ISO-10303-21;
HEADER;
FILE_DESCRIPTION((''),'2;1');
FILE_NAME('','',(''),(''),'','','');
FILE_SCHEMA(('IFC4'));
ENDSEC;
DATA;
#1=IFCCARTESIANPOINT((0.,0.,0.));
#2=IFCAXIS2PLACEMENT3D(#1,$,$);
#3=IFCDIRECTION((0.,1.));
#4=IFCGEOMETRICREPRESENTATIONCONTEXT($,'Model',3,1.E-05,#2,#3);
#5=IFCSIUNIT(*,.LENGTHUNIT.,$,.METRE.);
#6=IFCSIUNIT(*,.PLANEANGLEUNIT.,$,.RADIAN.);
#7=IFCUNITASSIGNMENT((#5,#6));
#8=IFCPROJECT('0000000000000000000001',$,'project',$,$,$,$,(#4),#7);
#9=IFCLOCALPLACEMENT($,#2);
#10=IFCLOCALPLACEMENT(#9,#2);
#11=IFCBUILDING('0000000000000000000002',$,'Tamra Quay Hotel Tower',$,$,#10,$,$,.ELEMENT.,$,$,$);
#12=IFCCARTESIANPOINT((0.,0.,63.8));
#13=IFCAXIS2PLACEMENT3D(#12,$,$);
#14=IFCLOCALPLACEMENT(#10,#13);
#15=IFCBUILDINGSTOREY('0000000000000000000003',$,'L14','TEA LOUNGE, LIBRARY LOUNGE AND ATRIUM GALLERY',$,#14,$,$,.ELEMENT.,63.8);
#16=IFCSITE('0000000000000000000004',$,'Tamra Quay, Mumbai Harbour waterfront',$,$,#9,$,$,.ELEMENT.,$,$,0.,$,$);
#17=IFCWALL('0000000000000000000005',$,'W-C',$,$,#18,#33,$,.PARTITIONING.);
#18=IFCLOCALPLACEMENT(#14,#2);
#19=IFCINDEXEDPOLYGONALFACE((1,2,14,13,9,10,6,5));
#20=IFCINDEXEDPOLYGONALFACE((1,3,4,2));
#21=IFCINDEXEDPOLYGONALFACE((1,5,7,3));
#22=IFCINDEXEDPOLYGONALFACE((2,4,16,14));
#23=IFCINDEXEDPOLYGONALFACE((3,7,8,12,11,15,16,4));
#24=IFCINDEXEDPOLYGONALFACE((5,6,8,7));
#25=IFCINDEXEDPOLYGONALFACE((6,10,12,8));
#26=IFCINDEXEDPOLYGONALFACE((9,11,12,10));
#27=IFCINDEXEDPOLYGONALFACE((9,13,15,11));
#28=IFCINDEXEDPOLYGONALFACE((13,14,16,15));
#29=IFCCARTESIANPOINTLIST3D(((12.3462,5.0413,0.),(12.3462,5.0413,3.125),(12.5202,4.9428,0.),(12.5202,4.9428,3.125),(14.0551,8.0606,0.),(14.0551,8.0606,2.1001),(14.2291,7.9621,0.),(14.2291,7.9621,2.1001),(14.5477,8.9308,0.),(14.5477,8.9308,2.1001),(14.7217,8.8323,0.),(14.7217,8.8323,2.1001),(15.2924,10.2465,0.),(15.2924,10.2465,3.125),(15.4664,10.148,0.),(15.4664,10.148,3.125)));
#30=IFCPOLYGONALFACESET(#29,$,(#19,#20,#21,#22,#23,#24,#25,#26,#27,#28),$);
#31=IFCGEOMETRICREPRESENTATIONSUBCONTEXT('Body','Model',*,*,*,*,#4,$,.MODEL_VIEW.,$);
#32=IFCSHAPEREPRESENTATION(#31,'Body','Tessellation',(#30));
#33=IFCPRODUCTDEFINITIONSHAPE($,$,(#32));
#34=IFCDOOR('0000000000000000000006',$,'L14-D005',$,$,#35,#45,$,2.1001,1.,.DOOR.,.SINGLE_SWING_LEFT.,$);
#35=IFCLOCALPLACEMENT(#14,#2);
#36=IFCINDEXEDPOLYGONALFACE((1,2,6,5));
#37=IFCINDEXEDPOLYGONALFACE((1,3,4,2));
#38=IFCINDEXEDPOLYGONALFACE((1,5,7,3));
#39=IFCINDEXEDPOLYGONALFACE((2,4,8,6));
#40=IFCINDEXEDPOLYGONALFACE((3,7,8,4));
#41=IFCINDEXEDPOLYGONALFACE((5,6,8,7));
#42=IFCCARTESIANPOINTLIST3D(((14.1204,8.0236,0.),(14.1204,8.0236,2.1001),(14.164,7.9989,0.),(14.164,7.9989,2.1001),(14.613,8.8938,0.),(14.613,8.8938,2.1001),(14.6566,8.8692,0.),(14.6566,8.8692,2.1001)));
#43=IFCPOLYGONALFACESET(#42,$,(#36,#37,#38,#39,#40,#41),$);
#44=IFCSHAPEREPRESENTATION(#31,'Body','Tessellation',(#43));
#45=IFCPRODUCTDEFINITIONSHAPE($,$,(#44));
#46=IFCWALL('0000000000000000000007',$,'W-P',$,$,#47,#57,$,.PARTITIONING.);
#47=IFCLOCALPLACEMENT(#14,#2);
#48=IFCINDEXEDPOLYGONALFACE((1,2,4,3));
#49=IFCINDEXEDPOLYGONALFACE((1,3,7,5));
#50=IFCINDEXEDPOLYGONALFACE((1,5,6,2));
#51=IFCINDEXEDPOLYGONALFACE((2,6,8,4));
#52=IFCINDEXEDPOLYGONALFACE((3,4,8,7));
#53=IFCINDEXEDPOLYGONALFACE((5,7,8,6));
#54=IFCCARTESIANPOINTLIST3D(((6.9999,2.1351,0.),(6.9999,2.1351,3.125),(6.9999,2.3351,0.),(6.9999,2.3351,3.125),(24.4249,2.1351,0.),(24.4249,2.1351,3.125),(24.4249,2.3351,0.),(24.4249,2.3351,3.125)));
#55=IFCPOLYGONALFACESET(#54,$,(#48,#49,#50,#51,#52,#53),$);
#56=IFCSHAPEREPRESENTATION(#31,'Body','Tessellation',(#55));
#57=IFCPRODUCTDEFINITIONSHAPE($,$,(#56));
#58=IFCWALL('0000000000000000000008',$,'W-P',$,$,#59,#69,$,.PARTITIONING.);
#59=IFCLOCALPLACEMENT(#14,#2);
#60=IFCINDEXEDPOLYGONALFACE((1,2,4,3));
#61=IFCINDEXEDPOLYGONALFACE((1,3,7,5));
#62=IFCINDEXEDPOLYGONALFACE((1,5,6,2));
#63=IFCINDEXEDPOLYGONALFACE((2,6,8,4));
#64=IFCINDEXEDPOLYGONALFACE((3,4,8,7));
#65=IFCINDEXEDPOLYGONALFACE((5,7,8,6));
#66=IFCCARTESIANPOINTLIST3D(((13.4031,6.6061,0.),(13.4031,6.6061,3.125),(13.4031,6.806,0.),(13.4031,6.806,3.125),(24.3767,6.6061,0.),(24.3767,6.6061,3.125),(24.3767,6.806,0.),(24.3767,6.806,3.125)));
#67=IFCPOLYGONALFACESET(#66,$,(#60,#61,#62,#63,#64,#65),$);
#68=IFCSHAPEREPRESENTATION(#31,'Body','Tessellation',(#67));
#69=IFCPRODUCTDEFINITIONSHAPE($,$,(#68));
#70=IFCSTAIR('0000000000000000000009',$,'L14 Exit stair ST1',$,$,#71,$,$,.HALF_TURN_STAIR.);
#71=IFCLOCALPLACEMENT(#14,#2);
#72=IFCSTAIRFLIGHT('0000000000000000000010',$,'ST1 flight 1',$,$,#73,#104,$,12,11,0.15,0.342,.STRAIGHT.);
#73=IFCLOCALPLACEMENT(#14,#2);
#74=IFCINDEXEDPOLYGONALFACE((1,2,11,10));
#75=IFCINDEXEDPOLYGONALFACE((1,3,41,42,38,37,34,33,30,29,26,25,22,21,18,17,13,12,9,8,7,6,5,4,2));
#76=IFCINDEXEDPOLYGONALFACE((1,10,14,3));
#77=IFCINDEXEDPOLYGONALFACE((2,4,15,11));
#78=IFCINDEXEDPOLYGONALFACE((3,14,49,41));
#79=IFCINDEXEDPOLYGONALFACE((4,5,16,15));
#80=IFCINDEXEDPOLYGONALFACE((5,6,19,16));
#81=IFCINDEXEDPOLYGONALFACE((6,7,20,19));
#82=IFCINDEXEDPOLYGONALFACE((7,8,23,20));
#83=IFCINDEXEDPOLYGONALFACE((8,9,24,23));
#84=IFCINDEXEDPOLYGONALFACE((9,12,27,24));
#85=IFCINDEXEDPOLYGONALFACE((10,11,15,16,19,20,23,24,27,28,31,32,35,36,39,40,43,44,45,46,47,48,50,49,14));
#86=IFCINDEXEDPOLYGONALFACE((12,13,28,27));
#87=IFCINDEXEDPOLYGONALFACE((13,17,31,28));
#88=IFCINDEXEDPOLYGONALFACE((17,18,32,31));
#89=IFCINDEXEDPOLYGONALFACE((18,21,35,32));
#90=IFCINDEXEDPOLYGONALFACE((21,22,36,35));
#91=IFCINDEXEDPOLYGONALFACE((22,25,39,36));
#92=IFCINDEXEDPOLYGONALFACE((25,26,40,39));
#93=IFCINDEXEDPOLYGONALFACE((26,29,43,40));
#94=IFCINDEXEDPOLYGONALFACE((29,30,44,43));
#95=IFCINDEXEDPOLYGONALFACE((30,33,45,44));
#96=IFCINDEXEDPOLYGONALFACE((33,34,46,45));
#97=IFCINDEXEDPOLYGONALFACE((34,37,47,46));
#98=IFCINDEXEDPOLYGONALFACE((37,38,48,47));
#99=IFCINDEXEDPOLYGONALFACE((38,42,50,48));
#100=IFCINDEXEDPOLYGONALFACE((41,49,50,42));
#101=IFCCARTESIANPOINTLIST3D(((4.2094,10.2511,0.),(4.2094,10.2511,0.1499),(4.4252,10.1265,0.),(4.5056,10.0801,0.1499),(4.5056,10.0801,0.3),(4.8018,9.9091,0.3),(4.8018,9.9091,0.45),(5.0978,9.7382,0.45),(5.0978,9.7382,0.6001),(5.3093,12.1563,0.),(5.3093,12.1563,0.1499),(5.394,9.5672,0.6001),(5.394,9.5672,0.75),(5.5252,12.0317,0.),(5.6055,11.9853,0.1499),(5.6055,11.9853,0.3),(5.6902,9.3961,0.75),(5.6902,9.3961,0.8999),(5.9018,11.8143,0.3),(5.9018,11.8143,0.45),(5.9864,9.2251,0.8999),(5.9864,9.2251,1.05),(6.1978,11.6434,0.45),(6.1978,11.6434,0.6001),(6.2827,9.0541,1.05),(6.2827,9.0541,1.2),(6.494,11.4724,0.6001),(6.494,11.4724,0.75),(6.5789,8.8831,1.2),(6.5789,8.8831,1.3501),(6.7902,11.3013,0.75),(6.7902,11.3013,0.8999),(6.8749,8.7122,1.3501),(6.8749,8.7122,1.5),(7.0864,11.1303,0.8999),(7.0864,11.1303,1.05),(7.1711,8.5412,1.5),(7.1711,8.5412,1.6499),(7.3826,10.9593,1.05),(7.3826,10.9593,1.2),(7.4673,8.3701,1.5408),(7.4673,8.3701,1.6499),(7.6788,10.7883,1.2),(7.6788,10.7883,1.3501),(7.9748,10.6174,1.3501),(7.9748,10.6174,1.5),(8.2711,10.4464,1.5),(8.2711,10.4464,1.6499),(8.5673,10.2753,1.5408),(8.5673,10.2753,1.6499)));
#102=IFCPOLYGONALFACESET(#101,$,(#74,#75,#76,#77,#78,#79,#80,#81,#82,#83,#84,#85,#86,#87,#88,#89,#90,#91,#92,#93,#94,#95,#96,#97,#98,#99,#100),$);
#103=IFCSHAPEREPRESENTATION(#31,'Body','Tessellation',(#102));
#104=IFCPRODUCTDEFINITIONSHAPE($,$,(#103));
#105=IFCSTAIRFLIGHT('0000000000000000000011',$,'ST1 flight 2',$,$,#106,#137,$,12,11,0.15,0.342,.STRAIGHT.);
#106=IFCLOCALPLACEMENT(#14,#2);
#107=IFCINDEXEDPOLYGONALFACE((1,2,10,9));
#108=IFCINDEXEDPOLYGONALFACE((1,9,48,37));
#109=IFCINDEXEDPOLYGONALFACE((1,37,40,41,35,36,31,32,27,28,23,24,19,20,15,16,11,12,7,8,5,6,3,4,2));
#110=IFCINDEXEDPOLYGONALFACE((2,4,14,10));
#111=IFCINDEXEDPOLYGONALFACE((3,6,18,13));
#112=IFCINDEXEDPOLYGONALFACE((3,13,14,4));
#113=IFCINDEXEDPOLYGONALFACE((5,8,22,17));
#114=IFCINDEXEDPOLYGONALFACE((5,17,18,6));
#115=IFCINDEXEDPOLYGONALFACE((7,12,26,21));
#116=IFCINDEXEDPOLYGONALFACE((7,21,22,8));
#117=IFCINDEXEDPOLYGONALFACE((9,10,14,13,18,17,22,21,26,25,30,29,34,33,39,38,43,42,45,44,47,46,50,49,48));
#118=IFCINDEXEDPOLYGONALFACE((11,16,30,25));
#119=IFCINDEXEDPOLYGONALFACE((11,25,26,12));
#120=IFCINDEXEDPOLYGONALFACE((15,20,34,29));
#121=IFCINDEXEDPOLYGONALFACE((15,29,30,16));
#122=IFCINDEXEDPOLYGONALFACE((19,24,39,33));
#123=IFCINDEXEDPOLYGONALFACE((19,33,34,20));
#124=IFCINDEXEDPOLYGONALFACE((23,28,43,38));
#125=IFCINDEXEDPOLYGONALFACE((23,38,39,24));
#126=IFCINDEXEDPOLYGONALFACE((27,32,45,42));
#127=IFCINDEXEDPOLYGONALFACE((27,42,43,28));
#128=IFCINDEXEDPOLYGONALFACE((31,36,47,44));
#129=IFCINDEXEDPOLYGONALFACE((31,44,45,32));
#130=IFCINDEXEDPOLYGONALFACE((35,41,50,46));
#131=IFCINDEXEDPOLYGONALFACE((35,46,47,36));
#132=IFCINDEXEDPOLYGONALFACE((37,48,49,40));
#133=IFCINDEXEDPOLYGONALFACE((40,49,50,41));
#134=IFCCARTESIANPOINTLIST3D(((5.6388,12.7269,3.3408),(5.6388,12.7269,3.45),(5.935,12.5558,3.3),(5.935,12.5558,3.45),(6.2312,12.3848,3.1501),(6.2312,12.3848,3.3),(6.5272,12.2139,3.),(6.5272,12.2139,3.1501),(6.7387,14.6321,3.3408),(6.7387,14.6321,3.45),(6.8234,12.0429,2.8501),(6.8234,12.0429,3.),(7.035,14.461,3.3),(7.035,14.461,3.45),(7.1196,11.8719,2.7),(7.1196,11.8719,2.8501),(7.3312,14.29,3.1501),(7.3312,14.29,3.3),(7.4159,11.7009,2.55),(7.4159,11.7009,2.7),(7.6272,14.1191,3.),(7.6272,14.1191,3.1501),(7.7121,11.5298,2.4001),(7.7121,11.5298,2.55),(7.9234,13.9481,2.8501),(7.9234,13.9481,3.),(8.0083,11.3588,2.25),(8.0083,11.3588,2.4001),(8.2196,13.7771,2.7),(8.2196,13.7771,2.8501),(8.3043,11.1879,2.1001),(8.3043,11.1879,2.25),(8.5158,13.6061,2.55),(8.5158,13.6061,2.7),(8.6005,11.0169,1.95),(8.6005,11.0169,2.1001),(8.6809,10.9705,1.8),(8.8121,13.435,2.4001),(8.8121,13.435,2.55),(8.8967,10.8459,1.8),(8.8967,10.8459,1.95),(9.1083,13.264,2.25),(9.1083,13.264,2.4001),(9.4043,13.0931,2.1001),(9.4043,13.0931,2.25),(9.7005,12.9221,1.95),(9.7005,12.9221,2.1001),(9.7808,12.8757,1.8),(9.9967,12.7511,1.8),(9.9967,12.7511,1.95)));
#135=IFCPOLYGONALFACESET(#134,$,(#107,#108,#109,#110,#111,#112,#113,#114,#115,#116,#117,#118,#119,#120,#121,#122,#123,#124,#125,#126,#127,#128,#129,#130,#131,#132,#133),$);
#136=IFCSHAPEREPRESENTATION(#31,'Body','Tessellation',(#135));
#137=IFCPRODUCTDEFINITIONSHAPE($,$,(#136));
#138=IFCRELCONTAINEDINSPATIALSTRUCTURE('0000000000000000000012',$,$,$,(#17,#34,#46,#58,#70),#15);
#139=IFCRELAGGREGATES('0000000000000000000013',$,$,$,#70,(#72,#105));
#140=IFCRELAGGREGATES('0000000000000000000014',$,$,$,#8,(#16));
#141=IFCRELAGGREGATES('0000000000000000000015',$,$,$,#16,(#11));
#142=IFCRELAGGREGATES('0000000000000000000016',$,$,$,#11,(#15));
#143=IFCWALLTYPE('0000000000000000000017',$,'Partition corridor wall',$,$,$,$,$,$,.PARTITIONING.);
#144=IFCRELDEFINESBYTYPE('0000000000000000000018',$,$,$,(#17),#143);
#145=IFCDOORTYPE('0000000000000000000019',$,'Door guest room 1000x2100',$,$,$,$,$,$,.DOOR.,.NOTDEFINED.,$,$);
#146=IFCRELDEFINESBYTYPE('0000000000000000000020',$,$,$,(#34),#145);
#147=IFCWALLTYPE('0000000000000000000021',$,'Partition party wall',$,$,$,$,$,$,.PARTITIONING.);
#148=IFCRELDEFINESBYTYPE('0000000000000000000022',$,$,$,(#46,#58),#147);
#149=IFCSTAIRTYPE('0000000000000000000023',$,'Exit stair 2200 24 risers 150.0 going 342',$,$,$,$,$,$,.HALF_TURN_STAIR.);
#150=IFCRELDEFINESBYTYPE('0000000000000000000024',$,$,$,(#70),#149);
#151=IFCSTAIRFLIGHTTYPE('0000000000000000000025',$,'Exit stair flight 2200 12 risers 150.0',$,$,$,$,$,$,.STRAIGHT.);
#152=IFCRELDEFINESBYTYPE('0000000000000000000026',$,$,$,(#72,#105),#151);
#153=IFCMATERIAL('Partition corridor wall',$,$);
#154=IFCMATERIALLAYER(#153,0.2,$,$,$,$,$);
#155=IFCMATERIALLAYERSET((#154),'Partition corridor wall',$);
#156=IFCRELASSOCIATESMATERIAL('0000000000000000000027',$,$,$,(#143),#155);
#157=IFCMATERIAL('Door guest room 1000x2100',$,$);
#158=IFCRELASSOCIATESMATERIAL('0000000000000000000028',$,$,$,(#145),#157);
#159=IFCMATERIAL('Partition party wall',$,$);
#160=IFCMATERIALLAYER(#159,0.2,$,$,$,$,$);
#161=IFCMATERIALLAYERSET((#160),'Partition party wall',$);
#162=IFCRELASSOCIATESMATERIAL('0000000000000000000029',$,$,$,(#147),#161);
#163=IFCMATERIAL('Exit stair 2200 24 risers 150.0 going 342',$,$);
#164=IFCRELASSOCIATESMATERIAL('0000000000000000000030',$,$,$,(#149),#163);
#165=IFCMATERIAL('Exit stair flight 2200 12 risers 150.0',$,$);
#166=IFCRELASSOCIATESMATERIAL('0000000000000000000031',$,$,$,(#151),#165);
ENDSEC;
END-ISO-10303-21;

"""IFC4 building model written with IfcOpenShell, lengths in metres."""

from ifc_helpers import new_model, si_unit, direction, frame, frame_2d, origin, place, context, subcontext, project, spatial, polyline, rectangle, outline, extrude, material, layer, layer_set, type_object, element, fill, aggregate, save


model = new_model("IFC4")

# Units and contexts
model_context = context("Model", 3, precision=1e-05, world=origin(), true_north=direction((0.0, 1.0)))
body_context = subcontext(model_context, "Body", "Model", "MODEL_VIEW")
ifc_project = project(units=[si_unit("LENGTHUNIT", "METRE"), si_unit("PLANEANGLEUNIT", "RADIAN")], contexts=[model_context])

# Site, building, storey
site_placement = place(None, origin())
site = spatial("IfcSite", under=ifc_project, at=site_placement, Name="Tamra Quay, Mumbai Harbour waterfront", CompositionType="ELEMENT", RefElevation=0.0)
building_placement = place(site_placement, origin())
building = spatial("IfcBuilding", under=site, at=building_placement, Name="Tamra Quay Hotel Tower", CompositionType="ELEMENT")
storey_placement = place(building_placement, frame((0.0, 0.0, 63.8)))
storey = spatial("IfcBuildingStorey", under=building, at=storey_placement, Name="L14", Description="TEA LOUNGE, LIBRARY LOUNGE AND ATRIUM GALLERY", CompositionType="ELEMENT", Elevation=63.8)

# Shared definitions
ifc_material_1 = material(Name="Partition corridor wall")
ifc_layer_1 = layer(ifc_material_1, 0.2)
ifc_layer_set_1 = layer_set([ifc_layer_1], Name="Partition corridor wall")
wall_type_1 = type_object("IfcWallType", Name="Partition corridor wall", PredefinedType="PARTITIONING", material=ifc_layer_set_1)
ifc_material_2 = material(Name="Door guest room 1000x2100")
door_type_1 = type_object("IfcDoorType", Name="Door guest room 1000x2100", OperationType="NOTDEFINED", PredefinedType="DOOR", material=ifc_material_2)

# Wall, opening, door
wall_1_placement = place(storey_placement, frame((12.4331, 4.9919, 0.0), z_axis=(0.0, 0.0, 1.0), x_axis=(0.492583, 0.870265, 0.0)))
wall_1 = element("IfcWall", 1, at=wall_1_placement, inside=storey, type_object=wall_type_1, Name="W-C", PredefinedType="PARTITIONING", context=body_context, shape_type="SweptSolid", body=[
    extrude(rectangle(XDim=5.9812, YDim=0.2, at=frame_2d((2.9907, 0.0))), origin(), (0.0, 0.0, 1.0), 3.125),
])
opening_1_placement = place(wall_1_placement, frame((3.4695, 0.0, 0.0)))
opening_1 = element("IfcOpeningElement", 2, at=opening_1_placement, cuts=wall_1, PredefinedType="OPENING", context=body_context, shape_type="SweptSolid", body=[
    extrude(rectangle(XDim=1.0, YDim=2.1001, at=frame_2d((0.5, 1.05))), frame((0.0, 0.1099, 0.0), z_axis=(0.0, -1.0, 0.0), x_axis=(1.0, 0.0, 0.0)), (0.0, 0.0, 1.0), 0.22),
])
door_1_placement = place(opening_1_placement, origin())
door_1 = element("IfcDoor", 3, at=door_1_placement, inside=storey, type_object=door_type_1, Name="L14-D005", OperationType="SINGLE_SWING_LEFT", OverallHeight=2.1001, OverallWidth=1.0, PredefinedType="DOOR", context=body_context, shape_type="SweptSolid", body=[
    extrude(rectangle(XDim=1.0, YDim=2.1001, at=frame_2d((0.5, 1.05))), frame((0.0, 0.0249, 0.0), z_axis=(0.0, -1.0, 0.0), x_axis=(1.0, 0.0, 0.0)), (0.0, 0.0, 1.0), 0.05),
])
fill(opening_1, door_1)

# Walls
ifc_material_3 = material(Name="Partition party wall")
ifc_layer_2 = layer(ifc_material_3, 0.2)
ifc_layer_set_2 = layer_set([ifc_layer_2], Name="Partition party wall")
wall_type_2 = type_object("IfcWallType", Name="Partition party wall", PredefinedType="PARTITIONING", material=ifc_layer_set_2)
wall_2_placement = place(storey_placement, frame((7.0, 2.2351, 0.0), z_axis=(0.0, 0.0, 1.0), x_axis=(1.0, 0.0, 0.0)))
element("IfcWall", 4, at=wall_2_placement, inside=storey, type_object=wall_type_2, Name="W-P", PredefinedType="PARTITIONING", context=body_context, shape_type="SweptSolid", body=[
    extrude(rectangle(XDim=17.425, YDim=0.2, at=frame_2d((8.7124, 0.0))), origin(), (0.0, 0.0, 1.0), 3.125),
])
wall_3_placement = place(storey_placement, frame((13.4031, 6.7061, 0.0), z_axis=(0.0, 0.0, 1.0), x_axis=(1.0, 0.0, 0.0)))
element("IfcWall", 5, at=wall_3_placement, inside=storey, type_object=wall_type_2, Name="W-P", PredefinedType="PARTITIONING", context=body_context, shape_type="SweptSolid", body=[
    extrude(rectangle(XDim=10.9736, YDim=0.2, at=frame_2d((5.4868, 0.0))), origin(), (0.0, 0.0, 1.0), 3.125),
])

# Stair, stair flights
ifc_material_4 = material(Name="Exit stair 2200 24 risers 150.0 going 342")
stair_type = type_object("IfcStairType", Name="Exit stair 2200 24 risers 150.0 going 342", PredefinedType="HALF_TURN_STAIR", material=ifc_material_4)
stair_placement = place(storey_placement, origin())
stair = element("IfcStair", 6, at=stair_placement, inside=storey, type_object=stair_type, Name="L14 Exit stair ST1", PredefinedType="HALF_TURN_STAIR")
ifc_material_5 = material(Name="Exit stair flight 2200 12 risers 150.0")
stair_flight_type = type_object("IfcStairFlightType", Name="Exit stair flight 2200 12 risers 150.0", PredefinedType="STRAIGHT", material=ifc_material_5)
stair_flight_1_placement = place(storey_placement, frame((4.7593, 11.2036, 0.0), z_axis=(0.0, 0.0, 1.0), x_axis=(0.866025, -0.5, 0.0)))
stair_flight_1 = element("IfcStairFlight", 7, at=stair_flight_1_placement, type_object=stair_flight_type, Name="ST1 flight 1", NumberOfRisers=12, NumberOfTreads=11, PredefinedType="STRAIGHT", RiserHeight=0.15, TreadLength=0.342, context=body_context, shape_type="SweptSolid", body=[
    extrude(outline(polyline([(0.0, 0.0), (0.0, 0.1499), (0.342, 0.1499), (0.342, 0.3), (0.6841, 0.3), (0.6841, 0.45), (1.0259, 0.45), (1.0259, 0.6001), (1.3679, 0.6001), (1.3679, 0.75), (1.71, 0.75), (1.71, 0.8999), (2.052, 0.8999), (2.052, 1.05), (2.394, 1.05), (2.394, 1.2), (2.7361, 1.2), (2.7361, 1.3501), (3.0779, 1.3501), (3.0779, 1.5), (3.4199, 1.5), (3.4199, 1.6499), (3.762, 1.6499), (3.762, 1.8), (3.762, 1.5408), (0.2493, 0.0), (0.0, 0.0)])), frame((0.0, 1.1001, 0.0), z_axis=(0.0, -1.0, 0.0), x_axis=(1.0, 0.0, 0.0)), (0.0, 0.0, 1.0), 2.2),
])
stair_flight_2_placement = place(storey_placement, frame((9.4468, 11.7986, 1.8), z_axis=(0.0, 0.0, 1.0), x_axis=(-0.866025, 0.5, 0.0)))
stair_flight_2 = element("IfcStairFlight", 8, at=stair_flight_2_placement, type_object=stair_flight_type, Name="ST1 flight 2", NumberOfRisers=12, NumberOfTreads=11, PredefinedType="STRAIGHT", RiserHeight=0.15, TreadLength=0.342, context=body_context, shape_type="SweptSolid", body=[
    extrude(outline(polyline([(0.0, 0.0), (0.0, 0.1499), (0.342, 0.1499), (0.342, 0.3), (0.6841, 0.3), (0.6841, 0.45), (1.0259, 0.45), (1.0259, 0.6001), (1.3679, 0.6001), (1.3679, 0.75), (1.71, 0.75), (1.71, 0.8999), (2.052, 0.8999), (2.052, 1.05), (2.394, 1.05), (2.394, 1.2), (2.7361, 1.2), (2.7361, 1.3501), (3.0779, 1.3501), (3.0779, 1.5), (3.4199, 1.5), (3.4199, 1.6499), (3.762, 1.6499), (3.762, 1.8), (3.762, 1.5408), (0.2493, 0.0), (0.0, 0.0)])), frame((0.0, 1.1001, 0.0), z_axis=(0.0, -1.0, 0.0), x_axis=(1.0, 0.0, 0.0)), (0.0, 0.0, 1.0), 2.2),
])
aggregate(stair, [stair_flight_1, stair_flight_2])

save(model, "model.ifc")
